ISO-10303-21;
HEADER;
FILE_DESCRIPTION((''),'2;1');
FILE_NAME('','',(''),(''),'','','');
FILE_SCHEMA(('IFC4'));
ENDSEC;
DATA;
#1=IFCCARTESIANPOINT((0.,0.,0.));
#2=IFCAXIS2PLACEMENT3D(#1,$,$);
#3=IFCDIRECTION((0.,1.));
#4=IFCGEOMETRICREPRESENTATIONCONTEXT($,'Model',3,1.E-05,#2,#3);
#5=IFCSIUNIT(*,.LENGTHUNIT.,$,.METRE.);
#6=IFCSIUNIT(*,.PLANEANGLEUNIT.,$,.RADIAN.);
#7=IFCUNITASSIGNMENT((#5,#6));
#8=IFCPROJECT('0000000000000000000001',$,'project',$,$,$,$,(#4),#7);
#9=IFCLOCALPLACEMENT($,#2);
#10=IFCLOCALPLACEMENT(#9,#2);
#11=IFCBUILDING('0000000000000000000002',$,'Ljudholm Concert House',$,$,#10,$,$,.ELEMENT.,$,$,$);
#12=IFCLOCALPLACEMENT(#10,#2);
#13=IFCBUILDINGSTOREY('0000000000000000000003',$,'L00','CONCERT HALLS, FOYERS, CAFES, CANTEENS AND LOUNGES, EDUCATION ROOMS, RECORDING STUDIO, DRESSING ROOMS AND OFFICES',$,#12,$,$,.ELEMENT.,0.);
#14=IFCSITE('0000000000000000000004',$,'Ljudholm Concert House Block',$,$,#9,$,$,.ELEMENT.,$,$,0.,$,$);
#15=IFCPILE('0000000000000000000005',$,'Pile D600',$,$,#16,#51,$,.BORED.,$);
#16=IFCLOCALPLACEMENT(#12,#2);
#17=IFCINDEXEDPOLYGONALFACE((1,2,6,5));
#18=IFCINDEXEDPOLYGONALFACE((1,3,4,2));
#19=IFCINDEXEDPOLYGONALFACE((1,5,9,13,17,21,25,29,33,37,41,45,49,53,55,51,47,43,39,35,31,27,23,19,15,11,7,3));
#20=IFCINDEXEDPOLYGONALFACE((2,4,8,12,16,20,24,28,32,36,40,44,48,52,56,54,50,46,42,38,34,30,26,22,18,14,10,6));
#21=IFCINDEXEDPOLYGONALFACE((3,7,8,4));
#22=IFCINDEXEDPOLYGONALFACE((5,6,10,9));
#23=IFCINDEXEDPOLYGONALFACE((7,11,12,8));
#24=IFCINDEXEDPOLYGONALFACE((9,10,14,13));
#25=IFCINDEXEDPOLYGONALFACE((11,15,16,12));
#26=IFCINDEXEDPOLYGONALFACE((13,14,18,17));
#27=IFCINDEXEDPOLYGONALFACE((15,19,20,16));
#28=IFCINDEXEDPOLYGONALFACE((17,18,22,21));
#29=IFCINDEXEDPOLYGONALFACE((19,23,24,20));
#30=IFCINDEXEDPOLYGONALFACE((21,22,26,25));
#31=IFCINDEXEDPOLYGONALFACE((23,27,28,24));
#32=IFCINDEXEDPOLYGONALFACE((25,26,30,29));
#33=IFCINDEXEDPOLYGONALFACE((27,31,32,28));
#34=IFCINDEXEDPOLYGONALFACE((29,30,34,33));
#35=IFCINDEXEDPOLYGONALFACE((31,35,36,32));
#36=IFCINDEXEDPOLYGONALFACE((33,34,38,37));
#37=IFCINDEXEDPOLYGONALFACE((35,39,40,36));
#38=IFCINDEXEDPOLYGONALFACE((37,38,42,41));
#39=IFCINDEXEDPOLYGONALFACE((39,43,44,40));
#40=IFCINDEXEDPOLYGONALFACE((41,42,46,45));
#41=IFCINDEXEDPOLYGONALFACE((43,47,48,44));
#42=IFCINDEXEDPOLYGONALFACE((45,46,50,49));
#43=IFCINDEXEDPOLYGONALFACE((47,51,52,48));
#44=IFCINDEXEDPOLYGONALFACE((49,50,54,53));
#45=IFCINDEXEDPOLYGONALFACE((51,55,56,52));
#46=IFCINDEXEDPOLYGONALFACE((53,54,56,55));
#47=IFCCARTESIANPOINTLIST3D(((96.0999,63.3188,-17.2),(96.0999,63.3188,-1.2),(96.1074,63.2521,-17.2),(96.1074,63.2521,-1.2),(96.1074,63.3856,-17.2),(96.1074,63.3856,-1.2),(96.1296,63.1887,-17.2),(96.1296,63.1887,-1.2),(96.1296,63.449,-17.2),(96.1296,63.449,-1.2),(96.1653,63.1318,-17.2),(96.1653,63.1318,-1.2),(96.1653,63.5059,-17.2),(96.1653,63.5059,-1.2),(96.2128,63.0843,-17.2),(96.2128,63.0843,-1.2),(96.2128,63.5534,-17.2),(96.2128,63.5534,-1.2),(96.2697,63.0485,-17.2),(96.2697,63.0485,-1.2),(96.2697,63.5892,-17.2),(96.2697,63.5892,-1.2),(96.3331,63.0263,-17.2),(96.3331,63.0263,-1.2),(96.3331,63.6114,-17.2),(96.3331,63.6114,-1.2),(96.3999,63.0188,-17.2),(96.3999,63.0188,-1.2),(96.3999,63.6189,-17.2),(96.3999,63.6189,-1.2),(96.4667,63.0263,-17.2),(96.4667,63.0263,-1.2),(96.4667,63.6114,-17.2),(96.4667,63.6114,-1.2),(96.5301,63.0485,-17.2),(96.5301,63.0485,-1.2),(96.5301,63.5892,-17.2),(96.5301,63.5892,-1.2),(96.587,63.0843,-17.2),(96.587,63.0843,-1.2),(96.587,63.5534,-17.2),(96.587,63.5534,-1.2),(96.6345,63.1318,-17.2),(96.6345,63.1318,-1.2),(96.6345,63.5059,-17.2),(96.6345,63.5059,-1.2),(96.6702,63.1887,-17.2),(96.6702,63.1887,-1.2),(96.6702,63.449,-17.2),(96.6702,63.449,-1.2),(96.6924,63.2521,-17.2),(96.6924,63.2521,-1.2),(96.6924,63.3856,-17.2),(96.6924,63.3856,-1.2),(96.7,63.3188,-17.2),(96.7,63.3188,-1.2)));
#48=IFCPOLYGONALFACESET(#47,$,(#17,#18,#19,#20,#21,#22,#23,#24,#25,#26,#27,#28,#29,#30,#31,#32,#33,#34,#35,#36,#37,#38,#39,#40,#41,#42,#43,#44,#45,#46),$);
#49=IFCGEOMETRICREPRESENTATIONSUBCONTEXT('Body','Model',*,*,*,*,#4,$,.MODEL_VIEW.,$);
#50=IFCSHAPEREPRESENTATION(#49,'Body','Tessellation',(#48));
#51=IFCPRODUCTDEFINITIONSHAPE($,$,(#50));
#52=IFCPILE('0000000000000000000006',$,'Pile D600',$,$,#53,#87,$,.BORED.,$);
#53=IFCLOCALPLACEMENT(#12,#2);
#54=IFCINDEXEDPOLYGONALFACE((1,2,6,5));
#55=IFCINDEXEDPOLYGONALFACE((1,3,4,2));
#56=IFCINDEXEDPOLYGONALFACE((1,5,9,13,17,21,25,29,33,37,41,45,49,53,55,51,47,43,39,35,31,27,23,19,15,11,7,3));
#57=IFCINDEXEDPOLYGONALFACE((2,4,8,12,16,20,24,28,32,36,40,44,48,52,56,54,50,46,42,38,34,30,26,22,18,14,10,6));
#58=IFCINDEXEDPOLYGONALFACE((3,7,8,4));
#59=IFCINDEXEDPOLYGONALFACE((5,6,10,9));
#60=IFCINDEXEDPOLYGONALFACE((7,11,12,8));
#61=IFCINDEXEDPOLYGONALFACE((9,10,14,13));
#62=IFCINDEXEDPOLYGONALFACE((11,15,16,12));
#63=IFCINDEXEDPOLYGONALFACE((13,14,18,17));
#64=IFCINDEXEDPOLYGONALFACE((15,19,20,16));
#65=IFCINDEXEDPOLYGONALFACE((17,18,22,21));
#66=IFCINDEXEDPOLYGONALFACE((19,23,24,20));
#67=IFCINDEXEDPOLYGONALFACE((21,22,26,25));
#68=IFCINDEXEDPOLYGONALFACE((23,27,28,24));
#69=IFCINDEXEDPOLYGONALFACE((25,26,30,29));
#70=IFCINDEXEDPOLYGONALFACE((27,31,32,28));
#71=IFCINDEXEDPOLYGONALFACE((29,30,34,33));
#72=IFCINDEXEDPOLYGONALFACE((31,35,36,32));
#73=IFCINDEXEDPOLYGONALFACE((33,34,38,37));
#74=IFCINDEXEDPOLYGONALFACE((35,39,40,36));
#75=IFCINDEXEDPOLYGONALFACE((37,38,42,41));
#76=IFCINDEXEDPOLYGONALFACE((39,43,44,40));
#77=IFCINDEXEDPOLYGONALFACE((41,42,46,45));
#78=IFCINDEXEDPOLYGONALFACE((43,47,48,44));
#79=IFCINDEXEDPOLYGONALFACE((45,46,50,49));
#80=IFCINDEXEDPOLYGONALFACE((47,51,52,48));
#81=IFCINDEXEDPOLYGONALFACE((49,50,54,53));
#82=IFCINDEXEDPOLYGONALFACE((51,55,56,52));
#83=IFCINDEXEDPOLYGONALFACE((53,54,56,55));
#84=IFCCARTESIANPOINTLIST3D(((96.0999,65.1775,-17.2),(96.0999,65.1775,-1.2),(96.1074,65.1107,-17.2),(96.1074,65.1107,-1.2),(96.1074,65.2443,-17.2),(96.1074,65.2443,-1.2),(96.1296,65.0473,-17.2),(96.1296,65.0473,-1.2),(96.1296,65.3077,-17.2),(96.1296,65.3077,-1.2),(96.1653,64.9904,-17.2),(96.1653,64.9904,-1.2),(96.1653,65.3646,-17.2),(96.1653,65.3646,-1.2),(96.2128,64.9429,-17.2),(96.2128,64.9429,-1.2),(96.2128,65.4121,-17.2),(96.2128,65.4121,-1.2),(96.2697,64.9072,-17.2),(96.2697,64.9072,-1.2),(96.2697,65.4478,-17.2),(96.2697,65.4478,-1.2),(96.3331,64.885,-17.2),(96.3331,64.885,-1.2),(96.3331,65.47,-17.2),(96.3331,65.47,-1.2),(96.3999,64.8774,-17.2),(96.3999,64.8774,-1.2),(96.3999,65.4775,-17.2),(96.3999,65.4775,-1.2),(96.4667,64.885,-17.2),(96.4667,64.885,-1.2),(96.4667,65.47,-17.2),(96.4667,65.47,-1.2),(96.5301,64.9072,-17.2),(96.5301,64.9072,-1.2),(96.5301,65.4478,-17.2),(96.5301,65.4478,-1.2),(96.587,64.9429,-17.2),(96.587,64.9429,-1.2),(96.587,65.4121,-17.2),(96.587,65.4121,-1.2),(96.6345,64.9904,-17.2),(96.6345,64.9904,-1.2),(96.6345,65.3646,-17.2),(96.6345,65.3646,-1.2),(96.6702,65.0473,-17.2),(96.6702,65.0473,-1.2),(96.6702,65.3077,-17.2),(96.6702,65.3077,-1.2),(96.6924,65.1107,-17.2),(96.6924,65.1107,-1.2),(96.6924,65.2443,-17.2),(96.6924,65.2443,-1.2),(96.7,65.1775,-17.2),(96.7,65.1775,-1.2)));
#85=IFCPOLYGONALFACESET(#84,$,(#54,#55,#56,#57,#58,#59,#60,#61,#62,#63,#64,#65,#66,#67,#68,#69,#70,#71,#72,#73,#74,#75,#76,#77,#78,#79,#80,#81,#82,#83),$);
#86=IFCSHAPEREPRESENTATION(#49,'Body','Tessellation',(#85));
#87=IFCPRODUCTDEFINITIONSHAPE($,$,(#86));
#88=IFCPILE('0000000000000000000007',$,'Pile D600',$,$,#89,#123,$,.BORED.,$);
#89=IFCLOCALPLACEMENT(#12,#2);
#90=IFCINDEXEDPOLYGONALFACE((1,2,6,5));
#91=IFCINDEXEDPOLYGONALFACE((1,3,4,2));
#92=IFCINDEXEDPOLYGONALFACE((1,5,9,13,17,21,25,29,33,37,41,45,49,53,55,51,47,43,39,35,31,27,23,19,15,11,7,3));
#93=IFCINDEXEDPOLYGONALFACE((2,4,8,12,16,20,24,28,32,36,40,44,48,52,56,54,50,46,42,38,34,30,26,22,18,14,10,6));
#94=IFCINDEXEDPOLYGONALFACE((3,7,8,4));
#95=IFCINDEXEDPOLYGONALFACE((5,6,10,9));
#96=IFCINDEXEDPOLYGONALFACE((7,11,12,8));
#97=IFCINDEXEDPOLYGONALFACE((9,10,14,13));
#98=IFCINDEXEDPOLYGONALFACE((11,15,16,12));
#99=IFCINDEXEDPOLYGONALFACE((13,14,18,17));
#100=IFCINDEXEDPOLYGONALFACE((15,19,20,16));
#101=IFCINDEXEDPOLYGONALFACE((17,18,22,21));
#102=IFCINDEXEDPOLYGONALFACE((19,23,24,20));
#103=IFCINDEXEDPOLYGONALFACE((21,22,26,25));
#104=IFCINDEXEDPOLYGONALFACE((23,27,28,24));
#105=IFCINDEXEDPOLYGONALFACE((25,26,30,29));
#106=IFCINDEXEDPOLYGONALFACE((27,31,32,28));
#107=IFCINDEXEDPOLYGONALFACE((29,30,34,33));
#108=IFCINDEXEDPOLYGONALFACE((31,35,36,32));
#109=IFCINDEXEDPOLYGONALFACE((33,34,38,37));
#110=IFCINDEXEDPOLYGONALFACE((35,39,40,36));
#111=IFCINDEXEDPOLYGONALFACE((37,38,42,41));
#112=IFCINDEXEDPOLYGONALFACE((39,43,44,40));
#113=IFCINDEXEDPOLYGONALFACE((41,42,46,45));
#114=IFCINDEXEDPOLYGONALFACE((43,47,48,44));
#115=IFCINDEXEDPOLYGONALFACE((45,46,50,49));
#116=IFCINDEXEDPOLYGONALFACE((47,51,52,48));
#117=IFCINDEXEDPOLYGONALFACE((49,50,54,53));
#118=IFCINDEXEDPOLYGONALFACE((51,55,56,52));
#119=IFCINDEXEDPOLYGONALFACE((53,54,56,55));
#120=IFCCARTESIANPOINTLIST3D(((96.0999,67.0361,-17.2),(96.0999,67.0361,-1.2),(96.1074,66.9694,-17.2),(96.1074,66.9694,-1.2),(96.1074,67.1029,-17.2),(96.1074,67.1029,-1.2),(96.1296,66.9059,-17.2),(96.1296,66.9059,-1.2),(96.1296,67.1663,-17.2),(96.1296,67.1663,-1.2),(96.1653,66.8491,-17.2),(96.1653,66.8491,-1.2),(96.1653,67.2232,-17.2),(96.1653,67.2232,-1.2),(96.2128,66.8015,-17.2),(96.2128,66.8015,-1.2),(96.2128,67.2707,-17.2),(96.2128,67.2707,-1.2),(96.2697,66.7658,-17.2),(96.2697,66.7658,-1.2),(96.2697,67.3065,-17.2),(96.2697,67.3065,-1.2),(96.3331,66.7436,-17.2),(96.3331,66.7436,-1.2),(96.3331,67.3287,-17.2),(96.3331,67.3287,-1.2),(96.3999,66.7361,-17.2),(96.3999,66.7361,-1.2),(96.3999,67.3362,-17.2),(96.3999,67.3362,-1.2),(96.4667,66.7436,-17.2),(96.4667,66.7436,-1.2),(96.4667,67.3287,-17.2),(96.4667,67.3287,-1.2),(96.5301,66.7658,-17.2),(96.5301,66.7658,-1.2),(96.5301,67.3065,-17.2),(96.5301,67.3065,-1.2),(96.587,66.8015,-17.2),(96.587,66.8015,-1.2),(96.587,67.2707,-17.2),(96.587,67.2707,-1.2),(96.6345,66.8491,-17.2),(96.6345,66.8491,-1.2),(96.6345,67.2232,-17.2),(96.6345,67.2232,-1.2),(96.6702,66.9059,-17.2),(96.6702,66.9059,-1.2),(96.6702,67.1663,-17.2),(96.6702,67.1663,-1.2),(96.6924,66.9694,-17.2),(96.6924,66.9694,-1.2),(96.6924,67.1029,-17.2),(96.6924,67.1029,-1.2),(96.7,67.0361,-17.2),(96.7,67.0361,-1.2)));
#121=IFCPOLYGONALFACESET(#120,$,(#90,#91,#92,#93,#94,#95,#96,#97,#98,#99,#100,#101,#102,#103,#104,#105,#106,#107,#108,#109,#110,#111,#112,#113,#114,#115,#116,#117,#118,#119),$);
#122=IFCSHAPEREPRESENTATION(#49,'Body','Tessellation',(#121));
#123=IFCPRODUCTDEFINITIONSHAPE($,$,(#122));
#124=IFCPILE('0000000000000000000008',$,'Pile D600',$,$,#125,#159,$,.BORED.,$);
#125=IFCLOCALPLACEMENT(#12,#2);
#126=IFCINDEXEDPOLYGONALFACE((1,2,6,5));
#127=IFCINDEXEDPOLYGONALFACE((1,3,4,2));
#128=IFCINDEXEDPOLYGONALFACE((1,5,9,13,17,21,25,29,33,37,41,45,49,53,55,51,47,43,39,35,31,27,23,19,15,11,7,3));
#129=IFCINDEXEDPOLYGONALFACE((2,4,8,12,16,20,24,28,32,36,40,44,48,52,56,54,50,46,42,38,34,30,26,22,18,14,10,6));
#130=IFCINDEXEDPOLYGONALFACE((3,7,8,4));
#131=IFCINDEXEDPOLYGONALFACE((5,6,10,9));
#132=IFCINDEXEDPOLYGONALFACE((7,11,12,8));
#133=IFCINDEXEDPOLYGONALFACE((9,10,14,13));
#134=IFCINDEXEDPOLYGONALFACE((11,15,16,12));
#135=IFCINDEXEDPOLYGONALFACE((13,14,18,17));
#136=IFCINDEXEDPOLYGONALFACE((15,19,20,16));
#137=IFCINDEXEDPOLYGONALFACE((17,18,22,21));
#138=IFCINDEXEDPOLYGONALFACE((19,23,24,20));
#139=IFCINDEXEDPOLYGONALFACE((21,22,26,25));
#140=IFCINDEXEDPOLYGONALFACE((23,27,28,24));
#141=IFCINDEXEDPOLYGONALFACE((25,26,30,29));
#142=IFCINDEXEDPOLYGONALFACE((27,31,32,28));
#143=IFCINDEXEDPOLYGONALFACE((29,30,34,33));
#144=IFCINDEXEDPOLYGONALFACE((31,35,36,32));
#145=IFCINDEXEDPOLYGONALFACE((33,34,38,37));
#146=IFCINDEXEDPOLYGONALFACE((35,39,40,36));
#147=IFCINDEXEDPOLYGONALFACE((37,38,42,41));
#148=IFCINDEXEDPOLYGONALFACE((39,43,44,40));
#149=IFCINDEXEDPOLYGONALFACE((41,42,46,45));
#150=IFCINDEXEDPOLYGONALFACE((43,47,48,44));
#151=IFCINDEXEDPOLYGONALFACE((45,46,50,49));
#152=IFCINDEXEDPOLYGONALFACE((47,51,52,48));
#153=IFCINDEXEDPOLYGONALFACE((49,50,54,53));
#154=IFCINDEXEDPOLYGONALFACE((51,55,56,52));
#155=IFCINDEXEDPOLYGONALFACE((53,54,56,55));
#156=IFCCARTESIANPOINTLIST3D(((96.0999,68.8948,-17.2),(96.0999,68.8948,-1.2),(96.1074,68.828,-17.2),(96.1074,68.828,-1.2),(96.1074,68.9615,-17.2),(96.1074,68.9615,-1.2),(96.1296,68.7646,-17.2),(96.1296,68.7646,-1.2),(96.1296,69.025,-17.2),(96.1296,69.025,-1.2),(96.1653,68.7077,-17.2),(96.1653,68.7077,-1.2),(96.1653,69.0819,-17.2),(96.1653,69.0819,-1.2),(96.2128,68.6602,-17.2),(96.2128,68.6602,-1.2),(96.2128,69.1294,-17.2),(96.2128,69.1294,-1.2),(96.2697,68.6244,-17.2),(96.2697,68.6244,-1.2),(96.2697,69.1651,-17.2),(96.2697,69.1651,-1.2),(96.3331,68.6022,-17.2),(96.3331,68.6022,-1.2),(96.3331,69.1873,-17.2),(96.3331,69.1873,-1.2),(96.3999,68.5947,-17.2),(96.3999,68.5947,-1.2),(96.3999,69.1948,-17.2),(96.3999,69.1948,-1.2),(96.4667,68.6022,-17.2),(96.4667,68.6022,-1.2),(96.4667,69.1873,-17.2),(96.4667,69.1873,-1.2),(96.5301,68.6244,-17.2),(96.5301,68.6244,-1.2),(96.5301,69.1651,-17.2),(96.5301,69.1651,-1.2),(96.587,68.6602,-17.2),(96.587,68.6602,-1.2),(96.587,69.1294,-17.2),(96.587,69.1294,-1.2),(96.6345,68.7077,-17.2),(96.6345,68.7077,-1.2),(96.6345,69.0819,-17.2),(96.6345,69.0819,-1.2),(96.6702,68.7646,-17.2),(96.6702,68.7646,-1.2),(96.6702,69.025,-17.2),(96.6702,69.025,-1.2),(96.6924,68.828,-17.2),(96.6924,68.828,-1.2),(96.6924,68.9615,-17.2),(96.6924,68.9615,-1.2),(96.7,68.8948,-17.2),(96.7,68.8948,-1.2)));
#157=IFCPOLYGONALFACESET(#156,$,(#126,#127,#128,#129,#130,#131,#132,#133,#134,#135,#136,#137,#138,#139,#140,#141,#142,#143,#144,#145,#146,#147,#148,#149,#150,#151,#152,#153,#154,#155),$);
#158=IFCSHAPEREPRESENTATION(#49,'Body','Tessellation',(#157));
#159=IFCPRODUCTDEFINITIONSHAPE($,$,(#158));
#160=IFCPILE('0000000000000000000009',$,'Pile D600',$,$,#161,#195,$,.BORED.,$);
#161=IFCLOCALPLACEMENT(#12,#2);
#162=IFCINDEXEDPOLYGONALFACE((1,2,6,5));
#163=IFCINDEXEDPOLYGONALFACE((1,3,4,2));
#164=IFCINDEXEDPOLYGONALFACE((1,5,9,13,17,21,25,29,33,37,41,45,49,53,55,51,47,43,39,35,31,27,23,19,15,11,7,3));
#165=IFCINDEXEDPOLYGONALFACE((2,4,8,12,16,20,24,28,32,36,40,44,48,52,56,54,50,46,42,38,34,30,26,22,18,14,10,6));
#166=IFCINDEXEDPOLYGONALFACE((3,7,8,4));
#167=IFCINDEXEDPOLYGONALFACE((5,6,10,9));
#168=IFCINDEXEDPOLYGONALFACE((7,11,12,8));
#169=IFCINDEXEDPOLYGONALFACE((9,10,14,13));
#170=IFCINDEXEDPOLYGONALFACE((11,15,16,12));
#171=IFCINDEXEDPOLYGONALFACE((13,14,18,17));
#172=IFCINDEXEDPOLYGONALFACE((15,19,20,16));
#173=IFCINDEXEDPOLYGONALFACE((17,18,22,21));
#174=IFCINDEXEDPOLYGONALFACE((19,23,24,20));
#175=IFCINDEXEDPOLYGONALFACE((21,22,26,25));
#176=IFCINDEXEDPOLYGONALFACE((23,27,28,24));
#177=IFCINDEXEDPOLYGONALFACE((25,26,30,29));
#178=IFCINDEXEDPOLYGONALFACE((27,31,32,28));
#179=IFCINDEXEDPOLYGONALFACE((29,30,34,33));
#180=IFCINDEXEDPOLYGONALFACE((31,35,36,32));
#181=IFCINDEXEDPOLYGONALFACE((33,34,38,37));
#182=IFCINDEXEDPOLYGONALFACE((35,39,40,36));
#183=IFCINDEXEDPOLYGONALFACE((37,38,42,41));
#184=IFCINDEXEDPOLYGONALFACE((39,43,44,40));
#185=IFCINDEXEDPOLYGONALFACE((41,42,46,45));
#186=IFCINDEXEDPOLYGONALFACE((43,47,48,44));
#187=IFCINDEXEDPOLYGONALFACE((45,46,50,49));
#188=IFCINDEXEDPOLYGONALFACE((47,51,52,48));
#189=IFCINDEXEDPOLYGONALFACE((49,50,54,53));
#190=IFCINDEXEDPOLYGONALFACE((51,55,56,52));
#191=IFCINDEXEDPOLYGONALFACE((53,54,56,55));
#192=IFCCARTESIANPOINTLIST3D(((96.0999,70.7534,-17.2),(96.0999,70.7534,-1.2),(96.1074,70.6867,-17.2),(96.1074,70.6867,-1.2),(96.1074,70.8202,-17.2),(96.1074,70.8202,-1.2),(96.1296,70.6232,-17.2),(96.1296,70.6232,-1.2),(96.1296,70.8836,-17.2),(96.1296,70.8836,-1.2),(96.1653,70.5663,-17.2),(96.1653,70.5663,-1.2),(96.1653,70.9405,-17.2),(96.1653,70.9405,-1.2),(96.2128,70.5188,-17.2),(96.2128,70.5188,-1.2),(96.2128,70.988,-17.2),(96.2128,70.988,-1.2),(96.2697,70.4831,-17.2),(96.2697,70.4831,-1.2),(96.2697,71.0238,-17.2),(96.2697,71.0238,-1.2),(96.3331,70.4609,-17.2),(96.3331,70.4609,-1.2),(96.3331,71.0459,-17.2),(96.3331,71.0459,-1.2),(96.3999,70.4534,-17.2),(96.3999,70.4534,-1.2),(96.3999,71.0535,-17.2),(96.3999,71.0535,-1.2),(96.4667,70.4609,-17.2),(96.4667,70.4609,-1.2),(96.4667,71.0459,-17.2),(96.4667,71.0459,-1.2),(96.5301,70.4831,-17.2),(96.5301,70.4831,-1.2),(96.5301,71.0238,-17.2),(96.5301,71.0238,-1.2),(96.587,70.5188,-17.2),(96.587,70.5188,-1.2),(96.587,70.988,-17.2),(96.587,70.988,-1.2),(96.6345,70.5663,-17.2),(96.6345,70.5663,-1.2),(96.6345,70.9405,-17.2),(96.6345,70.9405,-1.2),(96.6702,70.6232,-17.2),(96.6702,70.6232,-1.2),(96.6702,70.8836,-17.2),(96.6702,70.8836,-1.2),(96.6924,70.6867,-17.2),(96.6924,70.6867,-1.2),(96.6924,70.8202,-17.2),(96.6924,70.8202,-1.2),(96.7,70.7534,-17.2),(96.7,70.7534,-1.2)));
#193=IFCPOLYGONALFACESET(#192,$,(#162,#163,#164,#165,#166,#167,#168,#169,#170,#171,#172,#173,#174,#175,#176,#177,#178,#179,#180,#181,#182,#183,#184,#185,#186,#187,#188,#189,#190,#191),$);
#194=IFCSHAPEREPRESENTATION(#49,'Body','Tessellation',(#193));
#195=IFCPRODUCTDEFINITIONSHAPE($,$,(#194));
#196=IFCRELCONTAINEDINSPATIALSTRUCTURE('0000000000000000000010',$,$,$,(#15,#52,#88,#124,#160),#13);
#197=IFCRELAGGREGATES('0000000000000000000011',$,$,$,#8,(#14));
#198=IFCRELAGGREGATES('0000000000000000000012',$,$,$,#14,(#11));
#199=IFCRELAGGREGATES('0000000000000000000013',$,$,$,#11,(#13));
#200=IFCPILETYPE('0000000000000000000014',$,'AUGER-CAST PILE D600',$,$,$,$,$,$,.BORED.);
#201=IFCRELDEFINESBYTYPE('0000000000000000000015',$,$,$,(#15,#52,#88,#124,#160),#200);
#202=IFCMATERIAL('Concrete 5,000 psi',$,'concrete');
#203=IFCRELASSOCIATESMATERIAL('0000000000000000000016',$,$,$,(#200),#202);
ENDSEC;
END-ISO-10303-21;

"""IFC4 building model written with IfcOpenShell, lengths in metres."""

from ifc_helpers import new_model, si_unit, direction, frame, origin, origin_2d, place, context, subcontext, project, spatial, circle, extrude, material, material_profile, profile_set, type_object, element, save


model = new_model("IFC4")

# Units and contexts
model_context = context("Model", 3, precision=1e-05, world=origin(), true_north=direction((0.0, 1.0)))
body_context = subcontext(model_context, "Body", "Model", "MODEL_VIEW")
ifc_project = project(units=[si_unit("LENGTHUNIT", "METRE"), si_unit("PLANEANGLEUNIT", "RADIAN")], contexts=[model_context])

# Site, building, storey
site_placement = place(None, origin())
site = spatial("IfcSite", under=ifc_project, at=site_placement, Name="Ljudholm Concert House Block", CompositionType="ELEMENT", RefElevation=0.0)
building_placement = place(site_placement, origin())
building = spatial("IfcBuilding", under=site, at=building_placement, Name="Ljudholm Concert House", CompositionType="ELEMENT")
storey_placement = place(building_placement, origin())
storey = spatial("IfcBuildingStorey", under=building, at=storey_placement, Name="L00", Description="CONCERT HALLS, FOYERS, CAFES, CANTEENS AND LOUNGES, EDUCATION ROOMS, RECORDING STUDIO, DRESSING ROOMS AND OFFICES", CompositionType="ELEMENT", Elevation=0.0)

# Piles
ifc_material_1 = material(Name="Concrete 5,000 psi", Category="concrete")
ifc_material_profile_1 = material_profile(ifc_material_1, circle(Radius=0.3, at=origin_2d()), Name="AUGER-CAST PILE D600")
ifc_profile_set_1 = profile_set([ifc_material_profile_1], Name="Concrete 5,000 psi")
pile_type = type_object("IfcPileType", Name="AUGER-CAST PILE D600", PredefinedType="BORED", material=ifc_profile_set_1)
for number, where, z_axis, x_axis, name in (
    (1, (96.3999, 63.3188, -1.2), (0.0, 0.0, -1.0), (1.0, 0.0, 0.0), "Pile D600"),
    (2, (96.3999, 65.1775, -1.2), (0.0, 0.0, -1.0), (1.0, 0.0, 0.0), "Pile D600"),
    (3, (96.3999, 67.0361, -1.2), (0.0, 0.0, -1.0), (1.0, 0.0, 0.0), "Pile D600"),
    (4, (96.3999, 68.8948, -1.2), (0.0, 0.0, -1.0), (1.0, 0.0, 0.0), "Pile D600"),
    (5, (96.3999, 70.7534, -1.2), (0.0, 0.0, -1.0), (1.0, 0.0, 0.0), "Pile D600"),
):
    element("IfcPile", number, at=place(storey_placement, frame(where, z_axis=z_axis, x_axis=x_axis)), inside=storey, type_object=pile_type, Name=name, PredefinedType="BORED", context=body_context, shape_type="SweptSolid", body=[
        extrude(circle(Radius=0.3, at=origin_2d()), origin(), (0.0, 0.0, 1.0), 16.0),
    ])

save(model, "model.ifc")
